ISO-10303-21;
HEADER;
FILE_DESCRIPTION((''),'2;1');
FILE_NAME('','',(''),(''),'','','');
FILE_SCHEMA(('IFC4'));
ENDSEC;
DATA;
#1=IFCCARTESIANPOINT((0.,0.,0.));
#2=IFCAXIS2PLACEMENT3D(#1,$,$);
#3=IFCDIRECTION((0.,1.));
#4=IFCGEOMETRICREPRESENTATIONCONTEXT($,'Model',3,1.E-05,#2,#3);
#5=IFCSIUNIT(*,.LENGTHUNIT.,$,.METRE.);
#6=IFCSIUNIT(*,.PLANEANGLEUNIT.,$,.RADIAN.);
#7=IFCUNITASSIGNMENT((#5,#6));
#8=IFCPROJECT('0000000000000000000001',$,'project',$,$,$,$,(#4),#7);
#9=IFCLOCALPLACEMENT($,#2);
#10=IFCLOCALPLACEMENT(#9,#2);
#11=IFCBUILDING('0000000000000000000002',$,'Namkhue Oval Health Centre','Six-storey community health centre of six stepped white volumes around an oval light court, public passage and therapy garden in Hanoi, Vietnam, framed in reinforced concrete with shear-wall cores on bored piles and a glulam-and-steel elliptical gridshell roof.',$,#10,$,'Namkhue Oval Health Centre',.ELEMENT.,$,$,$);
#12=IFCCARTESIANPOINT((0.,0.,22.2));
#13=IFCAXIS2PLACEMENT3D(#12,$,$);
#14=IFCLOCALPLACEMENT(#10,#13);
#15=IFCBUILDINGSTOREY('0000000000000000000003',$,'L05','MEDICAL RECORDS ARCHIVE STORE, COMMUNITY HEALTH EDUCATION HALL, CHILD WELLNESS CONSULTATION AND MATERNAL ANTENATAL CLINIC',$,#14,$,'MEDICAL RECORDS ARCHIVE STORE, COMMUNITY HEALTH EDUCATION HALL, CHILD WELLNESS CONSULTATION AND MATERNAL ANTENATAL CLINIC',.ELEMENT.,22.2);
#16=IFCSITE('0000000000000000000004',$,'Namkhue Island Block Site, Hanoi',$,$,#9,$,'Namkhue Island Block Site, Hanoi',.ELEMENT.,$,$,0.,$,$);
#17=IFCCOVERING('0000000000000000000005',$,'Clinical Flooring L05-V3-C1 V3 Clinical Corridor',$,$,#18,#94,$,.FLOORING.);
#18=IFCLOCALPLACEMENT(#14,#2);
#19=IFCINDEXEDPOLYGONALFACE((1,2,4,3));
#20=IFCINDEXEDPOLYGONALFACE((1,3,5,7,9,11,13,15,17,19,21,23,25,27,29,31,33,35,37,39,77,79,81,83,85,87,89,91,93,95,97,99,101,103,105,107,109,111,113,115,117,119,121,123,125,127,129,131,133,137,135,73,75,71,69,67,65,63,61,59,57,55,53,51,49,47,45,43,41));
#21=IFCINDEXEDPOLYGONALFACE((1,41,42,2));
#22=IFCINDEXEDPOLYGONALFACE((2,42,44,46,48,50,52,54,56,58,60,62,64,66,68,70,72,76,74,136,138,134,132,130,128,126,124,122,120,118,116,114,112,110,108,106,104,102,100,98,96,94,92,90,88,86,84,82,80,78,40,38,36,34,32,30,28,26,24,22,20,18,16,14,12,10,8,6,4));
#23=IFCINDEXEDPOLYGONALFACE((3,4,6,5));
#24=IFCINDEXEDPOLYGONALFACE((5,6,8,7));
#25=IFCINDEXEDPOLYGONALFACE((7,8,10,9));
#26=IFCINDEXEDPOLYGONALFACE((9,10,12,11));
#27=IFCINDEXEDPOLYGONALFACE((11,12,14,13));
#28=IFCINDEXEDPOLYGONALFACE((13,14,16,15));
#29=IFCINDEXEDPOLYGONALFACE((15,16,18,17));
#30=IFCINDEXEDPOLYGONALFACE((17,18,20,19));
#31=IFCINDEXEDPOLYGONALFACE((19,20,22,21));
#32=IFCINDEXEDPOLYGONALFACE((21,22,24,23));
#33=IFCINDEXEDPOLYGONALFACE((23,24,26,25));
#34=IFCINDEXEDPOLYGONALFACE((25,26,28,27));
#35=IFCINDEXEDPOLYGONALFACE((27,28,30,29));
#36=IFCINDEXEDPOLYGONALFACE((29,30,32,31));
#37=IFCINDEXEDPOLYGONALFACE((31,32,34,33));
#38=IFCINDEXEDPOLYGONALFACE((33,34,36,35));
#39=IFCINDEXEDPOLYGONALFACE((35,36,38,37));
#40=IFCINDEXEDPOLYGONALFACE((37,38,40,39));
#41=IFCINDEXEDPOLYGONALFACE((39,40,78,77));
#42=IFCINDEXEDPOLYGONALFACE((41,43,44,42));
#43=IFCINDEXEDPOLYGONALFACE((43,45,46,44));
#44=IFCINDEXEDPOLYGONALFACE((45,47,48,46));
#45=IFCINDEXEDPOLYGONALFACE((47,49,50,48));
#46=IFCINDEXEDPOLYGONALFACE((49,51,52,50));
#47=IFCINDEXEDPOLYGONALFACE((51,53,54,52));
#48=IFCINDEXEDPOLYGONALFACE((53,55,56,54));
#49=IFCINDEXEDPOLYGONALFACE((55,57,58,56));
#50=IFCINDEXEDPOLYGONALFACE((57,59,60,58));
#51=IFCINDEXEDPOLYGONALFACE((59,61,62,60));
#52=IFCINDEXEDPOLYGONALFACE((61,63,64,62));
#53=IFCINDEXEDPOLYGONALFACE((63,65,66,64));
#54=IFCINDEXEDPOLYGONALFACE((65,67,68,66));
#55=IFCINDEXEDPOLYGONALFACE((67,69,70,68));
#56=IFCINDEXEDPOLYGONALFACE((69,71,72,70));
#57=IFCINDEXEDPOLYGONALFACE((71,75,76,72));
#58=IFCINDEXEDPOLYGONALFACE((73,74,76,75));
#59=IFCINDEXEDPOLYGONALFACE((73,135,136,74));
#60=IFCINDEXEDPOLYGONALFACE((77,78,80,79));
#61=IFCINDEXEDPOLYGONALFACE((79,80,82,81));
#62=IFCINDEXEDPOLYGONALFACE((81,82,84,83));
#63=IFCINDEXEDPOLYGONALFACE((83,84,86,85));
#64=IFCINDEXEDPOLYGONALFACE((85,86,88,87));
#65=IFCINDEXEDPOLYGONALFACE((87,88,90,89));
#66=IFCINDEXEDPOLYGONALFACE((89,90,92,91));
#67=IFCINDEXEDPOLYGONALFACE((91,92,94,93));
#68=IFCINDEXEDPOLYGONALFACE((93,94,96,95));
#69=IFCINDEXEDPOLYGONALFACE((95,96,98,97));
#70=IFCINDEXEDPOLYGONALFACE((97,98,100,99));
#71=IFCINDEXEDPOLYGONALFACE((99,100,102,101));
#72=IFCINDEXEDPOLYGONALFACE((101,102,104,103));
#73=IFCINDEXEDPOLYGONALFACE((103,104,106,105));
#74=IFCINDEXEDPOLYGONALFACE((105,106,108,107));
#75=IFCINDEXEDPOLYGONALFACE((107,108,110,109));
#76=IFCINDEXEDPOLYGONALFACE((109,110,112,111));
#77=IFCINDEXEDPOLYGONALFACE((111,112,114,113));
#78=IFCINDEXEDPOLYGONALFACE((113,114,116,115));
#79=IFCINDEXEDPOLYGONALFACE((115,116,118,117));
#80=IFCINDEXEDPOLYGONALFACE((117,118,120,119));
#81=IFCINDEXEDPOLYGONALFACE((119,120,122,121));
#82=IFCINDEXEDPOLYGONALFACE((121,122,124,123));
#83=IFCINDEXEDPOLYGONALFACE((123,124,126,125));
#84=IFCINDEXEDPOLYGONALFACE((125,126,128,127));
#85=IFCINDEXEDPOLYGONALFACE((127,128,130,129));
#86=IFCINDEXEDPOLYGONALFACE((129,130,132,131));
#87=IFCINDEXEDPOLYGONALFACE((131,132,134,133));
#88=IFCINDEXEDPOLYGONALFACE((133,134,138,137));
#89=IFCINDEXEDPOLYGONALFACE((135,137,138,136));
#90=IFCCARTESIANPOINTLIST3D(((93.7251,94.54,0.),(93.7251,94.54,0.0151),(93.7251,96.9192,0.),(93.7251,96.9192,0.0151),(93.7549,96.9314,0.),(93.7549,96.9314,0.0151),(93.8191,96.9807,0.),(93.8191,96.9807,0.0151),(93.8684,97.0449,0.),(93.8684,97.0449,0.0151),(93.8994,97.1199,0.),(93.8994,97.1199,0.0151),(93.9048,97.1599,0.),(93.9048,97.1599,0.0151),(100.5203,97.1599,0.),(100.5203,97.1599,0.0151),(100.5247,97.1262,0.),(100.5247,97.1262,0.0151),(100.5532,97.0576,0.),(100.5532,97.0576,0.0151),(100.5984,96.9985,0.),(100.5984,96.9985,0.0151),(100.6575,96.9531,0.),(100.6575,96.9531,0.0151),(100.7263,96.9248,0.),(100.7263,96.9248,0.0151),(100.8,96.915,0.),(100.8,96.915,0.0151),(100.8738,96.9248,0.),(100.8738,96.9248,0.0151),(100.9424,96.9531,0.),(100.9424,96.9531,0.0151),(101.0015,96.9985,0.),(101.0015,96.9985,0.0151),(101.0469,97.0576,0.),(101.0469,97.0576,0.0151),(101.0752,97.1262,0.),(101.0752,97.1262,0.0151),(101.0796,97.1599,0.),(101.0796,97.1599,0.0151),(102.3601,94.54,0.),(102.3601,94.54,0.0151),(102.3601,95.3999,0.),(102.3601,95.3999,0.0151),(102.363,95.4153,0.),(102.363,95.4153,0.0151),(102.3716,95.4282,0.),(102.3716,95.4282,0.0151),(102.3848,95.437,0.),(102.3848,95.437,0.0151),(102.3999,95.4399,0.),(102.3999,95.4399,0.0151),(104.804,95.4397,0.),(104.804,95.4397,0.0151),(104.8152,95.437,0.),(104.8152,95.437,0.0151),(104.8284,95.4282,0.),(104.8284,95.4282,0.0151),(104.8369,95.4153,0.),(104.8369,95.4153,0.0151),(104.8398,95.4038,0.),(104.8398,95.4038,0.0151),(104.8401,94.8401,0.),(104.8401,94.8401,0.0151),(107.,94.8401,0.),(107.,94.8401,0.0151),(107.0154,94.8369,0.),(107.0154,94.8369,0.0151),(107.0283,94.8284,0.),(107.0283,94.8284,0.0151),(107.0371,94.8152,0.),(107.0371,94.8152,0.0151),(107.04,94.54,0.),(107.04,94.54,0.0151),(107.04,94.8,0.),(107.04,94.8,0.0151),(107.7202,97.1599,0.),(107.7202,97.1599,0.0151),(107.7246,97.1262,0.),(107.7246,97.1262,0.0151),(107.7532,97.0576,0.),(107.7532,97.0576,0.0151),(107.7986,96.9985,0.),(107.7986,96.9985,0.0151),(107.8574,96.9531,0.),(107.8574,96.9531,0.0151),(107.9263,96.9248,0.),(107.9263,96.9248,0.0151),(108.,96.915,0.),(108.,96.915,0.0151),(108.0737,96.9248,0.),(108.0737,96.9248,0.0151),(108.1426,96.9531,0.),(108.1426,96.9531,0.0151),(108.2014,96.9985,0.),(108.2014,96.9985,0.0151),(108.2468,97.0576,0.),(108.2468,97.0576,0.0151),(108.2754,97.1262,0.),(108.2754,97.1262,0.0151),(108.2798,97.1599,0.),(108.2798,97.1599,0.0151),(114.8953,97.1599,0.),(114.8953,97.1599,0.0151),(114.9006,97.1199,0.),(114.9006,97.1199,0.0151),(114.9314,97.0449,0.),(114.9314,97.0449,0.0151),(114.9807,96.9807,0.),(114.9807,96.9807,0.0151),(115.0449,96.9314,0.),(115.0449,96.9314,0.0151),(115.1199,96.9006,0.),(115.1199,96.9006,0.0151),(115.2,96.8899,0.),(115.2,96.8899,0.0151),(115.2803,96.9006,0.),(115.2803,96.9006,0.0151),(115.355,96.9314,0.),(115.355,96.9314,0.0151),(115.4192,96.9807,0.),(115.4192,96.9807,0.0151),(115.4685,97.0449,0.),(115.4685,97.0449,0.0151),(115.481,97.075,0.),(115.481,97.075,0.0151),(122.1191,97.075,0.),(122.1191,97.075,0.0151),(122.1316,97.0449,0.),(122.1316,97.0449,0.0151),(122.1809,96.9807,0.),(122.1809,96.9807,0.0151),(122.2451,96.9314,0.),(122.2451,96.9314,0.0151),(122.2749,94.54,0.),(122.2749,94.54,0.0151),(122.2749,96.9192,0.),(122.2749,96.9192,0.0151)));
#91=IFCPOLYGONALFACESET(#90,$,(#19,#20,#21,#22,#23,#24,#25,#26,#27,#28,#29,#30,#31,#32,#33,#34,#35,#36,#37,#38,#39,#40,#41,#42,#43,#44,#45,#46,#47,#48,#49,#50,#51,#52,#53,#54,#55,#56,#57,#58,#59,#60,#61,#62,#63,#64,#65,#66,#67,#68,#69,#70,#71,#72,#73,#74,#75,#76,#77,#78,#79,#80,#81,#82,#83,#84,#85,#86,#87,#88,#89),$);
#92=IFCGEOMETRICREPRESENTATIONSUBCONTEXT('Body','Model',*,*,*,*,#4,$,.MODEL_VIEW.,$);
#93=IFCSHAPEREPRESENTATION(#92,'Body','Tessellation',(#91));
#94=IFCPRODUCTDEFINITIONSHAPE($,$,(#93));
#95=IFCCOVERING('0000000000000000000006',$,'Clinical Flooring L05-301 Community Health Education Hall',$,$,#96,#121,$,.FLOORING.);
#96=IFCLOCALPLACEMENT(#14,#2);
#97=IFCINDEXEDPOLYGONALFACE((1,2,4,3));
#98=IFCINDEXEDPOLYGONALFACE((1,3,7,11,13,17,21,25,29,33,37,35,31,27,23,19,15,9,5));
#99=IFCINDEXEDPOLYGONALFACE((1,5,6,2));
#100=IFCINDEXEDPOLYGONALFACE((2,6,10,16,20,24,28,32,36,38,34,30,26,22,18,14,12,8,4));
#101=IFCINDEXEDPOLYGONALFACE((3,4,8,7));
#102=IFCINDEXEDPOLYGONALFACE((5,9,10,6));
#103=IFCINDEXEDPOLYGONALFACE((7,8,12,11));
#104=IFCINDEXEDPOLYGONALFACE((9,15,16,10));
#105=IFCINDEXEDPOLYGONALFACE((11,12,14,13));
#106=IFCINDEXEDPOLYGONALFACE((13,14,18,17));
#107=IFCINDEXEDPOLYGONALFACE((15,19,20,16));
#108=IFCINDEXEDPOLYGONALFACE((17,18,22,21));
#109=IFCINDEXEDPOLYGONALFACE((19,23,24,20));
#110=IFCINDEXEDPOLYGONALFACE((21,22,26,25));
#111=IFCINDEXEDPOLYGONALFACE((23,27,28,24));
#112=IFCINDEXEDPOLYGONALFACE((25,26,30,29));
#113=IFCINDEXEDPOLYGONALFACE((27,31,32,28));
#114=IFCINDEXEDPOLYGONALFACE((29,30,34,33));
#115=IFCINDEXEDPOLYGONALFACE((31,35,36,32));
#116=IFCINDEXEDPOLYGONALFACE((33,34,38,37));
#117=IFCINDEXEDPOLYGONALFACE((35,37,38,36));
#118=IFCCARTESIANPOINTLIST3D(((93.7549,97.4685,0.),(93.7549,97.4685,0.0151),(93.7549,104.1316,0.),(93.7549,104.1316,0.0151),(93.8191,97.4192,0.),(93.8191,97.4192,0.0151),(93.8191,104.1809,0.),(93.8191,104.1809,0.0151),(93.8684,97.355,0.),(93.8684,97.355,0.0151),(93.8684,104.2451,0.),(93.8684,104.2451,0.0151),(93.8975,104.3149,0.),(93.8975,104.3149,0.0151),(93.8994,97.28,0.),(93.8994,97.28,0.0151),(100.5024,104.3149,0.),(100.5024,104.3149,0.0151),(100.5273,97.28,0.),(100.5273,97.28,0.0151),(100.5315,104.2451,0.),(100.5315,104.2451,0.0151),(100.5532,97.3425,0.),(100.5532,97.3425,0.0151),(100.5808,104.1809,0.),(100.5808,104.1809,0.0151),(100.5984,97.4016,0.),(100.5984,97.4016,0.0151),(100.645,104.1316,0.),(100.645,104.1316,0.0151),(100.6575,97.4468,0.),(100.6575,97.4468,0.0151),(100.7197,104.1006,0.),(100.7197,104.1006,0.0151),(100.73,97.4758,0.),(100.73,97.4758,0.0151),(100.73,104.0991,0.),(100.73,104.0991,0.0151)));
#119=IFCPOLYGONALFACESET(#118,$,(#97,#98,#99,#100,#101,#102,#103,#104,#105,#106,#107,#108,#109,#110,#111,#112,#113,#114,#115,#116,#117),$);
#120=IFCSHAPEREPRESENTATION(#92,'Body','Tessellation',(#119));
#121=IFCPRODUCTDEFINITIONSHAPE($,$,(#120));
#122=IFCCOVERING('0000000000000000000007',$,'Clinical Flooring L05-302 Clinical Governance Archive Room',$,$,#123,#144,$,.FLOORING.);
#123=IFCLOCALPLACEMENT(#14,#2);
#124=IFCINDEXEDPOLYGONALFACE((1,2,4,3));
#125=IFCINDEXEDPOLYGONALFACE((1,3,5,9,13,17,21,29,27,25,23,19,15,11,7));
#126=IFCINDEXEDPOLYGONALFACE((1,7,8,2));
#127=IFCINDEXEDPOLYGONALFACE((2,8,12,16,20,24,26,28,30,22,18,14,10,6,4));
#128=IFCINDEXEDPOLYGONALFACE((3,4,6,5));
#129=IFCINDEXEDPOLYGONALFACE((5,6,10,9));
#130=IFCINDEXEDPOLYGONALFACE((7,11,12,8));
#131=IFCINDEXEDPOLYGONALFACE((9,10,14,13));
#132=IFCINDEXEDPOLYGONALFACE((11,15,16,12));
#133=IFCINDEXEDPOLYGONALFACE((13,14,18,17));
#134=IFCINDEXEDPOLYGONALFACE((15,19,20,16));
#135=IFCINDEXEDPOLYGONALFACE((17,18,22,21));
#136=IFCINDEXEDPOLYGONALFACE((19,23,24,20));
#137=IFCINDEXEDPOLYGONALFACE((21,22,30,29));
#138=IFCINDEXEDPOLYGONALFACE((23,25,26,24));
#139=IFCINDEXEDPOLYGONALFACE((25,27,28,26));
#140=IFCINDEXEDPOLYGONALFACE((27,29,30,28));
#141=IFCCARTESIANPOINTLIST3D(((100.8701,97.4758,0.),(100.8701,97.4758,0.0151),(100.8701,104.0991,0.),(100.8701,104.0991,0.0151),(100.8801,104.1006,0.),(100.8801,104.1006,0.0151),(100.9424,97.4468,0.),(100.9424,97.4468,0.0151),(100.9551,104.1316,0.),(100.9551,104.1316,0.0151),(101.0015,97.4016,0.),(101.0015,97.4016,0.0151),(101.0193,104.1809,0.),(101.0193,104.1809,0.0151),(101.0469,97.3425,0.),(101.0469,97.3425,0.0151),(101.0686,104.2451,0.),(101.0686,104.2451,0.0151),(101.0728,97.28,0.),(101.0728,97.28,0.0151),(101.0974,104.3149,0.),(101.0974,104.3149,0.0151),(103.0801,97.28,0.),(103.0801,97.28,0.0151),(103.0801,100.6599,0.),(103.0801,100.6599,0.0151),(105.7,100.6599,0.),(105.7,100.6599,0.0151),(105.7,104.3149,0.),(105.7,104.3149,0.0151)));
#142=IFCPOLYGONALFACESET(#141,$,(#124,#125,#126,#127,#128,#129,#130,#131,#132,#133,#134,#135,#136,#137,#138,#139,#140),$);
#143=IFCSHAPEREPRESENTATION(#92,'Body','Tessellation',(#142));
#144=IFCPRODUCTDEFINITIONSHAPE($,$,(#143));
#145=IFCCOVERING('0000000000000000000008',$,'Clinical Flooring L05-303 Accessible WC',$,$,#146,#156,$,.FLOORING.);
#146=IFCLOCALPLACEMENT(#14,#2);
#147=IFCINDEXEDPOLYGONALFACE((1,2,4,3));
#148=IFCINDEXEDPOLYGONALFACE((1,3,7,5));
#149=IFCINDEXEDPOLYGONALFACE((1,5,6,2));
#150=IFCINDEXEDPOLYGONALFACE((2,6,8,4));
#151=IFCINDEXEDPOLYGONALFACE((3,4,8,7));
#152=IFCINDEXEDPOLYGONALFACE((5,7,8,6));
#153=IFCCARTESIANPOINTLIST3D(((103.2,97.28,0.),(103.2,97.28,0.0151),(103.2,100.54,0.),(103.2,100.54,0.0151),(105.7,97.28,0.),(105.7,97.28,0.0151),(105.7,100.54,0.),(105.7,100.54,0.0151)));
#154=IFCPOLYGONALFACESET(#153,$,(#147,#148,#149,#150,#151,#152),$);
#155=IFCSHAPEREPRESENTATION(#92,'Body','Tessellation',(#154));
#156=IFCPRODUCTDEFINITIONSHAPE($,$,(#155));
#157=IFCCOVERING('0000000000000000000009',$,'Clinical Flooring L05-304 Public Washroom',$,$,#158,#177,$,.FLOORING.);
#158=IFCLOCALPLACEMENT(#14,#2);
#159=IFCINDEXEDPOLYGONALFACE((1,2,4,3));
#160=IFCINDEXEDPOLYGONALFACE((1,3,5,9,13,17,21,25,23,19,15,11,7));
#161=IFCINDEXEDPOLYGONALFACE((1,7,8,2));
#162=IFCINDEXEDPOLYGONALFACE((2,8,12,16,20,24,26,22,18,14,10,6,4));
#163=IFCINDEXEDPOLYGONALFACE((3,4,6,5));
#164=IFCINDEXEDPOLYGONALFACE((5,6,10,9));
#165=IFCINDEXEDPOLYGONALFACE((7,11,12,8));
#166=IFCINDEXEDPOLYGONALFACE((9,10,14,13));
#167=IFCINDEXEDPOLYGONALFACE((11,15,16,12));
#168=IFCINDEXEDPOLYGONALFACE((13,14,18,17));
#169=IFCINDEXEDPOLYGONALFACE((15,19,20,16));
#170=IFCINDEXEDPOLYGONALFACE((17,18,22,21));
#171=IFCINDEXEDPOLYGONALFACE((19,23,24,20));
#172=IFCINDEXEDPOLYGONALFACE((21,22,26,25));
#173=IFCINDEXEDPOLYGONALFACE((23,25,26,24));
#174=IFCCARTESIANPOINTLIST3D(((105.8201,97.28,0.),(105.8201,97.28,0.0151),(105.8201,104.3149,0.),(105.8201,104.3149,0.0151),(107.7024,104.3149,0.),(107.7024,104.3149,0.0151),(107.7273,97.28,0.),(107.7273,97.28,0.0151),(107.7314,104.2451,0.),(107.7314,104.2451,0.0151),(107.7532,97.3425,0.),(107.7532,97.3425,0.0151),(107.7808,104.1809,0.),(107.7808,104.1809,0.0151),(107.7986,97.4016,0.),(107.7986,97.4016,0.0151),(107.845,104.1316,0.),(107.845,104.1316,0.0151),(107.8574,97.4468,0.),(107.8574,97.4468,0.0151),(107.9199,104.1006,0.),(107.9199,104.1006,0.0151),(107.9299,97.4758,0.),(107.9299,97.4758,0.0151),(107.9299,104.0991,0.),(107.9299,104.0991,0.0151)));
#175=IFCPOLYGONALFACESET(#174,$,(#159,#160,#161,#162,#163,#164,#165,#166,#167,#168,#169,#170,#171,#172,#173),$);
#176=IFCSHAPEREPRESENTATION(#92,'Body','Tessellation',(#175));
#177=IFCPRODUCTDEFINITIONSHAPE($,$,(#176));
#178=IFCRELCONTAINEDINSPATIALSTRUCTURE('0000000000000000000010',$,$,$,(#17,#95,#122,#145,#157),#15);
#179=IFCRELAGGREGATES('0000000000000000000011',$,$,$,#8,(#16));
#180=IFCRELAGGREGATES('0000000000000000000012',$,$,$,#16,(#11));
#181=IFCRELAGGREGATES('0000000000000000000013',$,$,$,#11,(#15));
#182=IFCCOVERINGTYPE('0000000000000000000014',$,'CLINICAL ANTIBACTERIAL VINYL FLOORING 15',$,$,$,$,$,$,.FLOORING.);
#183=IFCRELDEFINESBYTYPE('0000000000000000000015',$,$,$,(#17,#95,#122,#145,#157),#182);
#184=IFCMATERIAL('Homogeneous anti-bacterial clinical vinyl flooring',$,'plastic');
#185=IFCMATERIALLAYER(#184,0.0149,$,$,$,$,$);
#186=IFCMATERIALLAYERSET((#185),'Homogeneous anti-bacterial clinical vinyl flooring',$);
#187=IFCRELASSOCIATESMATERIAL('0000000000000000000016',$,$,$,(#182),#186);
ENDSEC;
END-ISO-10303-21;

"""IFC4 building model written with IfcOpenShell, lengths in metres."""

from ifc_helpers import new_model, si_unit, direction, frame, origin, place, context, subcontext, project, spatial, polyline, outline, extrude, material, layer, layer_set, type_object, element, save


model = new_model("IFC4")

# Units and contexts
model_context = context("Model", 3, precision=1e-05, world=origin(), true_north=direction((0.0, 1.0)))
body_context = subcontext(model_context, "Body", "Model", "MODEL_VIEW")
ifc_project = project(units=[si_unit("LENGTHUNIT", "METRE"), si_unit("PLANEANGLEUNIT", "RADIAN")], contexts=[model_context])

# Site, building, storey
site_placement = place(None, origin())
site = spatial("IfcSite", under=ifc_project, at=site_placement, Name="Namkhue Island Block Site, Hanoi", LongName="Namkhue Island Block Site, Hanoi", CompositionType="ELEMENT", RefElevation=0.0)
building_placement = place(site_placement, origin())
building = spatial("IfcBuilding", under=site, at=building_placement, Name="Namkhue Oval Health Centre", Description="Six-storey community health centre of six stepped white volumes around an oval light court, public passage and therapy garden in Hanoi, Vietnam, framed in reinforced concrete with shear-wall cores on bored piles and a glulam-and-steel elliptical gridshell roof.", LongName="Namkhue Oval Health Centre", CompositionType="ELEMENT")
storey_placement = place(building_placement, frame((0.0, 0.0, 22.2)))
storey = spatial("IfcBuildingStorey", under=building, at=storey_placement, Name="L05", Description="MEDICAL RECORDS ARCHIVE STORE, COMMUNITY HEALTH EDUCATION HALL, CHILD WELLNESS CONSULTATION AND MATERNAL ANTENATAL CLINIC", LongName="MEDICAL RECORDS ARCHIVE STORE, COMMUNITY HEALTH EDUCATION HALL, CHILD WELLNESS CONSULTATION AND MATERNAL ANTENATAL CLINIC", CompositionType="ELEMENT", Elevation=22.2)

# Coverings
ifc_material_1 = material(Name="Homogeneous anti-bacterial clinical vinyl flooring", Category="plastic")
ifc_layer_1 = layer(ifc_material_1, 0.0149)
ifc_layer_set_1 = layer_set([ifc_layer_1], Name="Homogeneous anti-bacterial clinical vinyl flooring")
covering_type_1 = type_object("IfcCoveringType", Name="CLINICAL ANTIBACTERIAL VINYL FLOORING 15", PredefinedType="FLOORING", material=ifc_layer_set_1)
covering_1_placement = place(storey_placement, origin())
element("IfcCovering", 1, at=covering_1_placement, inside=storey, type_object=covering_type_1, Name="Clinical Flooring L05-V3-C1 V3 Clinical Corridor", PredefinedType="FLOORING", context=body_context, shape_type="SweptSolid", body=[
    extrude(outline(polyline([(107.04, 94.8), (107.0371, 94.8152), (107.0283, 94.8284), (107.0154, 94.8369), (107.0, 94.8401), (104.8401, 94.8401), (104.8398, 95.4038), (104.8369, 95.4153), (104.8284, 95.4282), (104.8152, 95.437), (104.804, 95.4397), (102.3999, 95.4399), (102.3848, 95.437), (102.3716, 95.4282), (102.363, 95.4153), (102.3601, 95.3999), (102.3601, 94.54), (93.7251, 94.54), (93.7251, 96.9192), (93.7549, 96.9314), (93.8191, 96.9807), (93.8684, 97.0449), (93.8994, 97.1199), (93.9048, 97.1599), (100.5203, 97.1599), (100.5247, 97.1262), (100.5532, 97.0576), (100.5984, 96.9985), (100.6575, 96.9531), (100.7263, 96.9248), (100.8, 96.915), (100.8738, 96.9248), (100.9424, 96.9531), (101.0015, 96.9985), (101.0469, 97.0576), (101.0752, 97.1262), (101.0796, 97.1599), (107.7202, 97.1599), (107.7246, 97.1262), (107.7532, 97.0576), (107.7986, 96.9985), (107.8574, 96.9531), (107.9263, 96.9248), (108.0, 96.915), (108.0737, 96.9248), (108.1426, 96.9531), (108.2014, 96.9985), (108.2468, 97.0576), (108.2754, 97.1262), (108.2798, 97.1599), (114.8953, 97.1599), (114.9006, 97.1199), (114.9314, 97.0449), (114.9807, 96.9807), (115.0449, 96.9314), (115.1199, 96.9006), (115.2, 96.8899), (115.2803, 96.9006), (115.355, 96.9314), (115.4192, 96.9807), (115.4685, 97.0449), (115.481, 97.075), (122.1191, 97.075), (122.1316, 97.0449), (122.1809, 96.9807), (122.2451, 96.9314), (122.2749, 96.9192), (122.2749, 94.54), (107.04, 94.54), (107.04, 94.8)])), origin(), (0.0, 0.0, 1.0), 0.0151),
])
covering_2_placement = place(storey_placement, origin())
element("IfcCovering", 2, at=covering_2_placement, inside=storey, type_object=covering_type_1, Name="Clinical Flooring L05-301 Community Health Education Hall", PredefinedType="FLOORING", context=body_context, shape_type="SweptSolid", body=[
    extrude(outline(polyline([(93.8994, 97.28), (93.8684, 97.355), (93.8191, 97.4192), (93.7549, 97.4685), (93.7549, 104.1316), (93.8191, 104.1809), (93.8684, 104.2451), (93.8975, 104.3149), (100.5024, 104.3149), (100.5315, 104.2451), (100.5808, 104.1809), (100.645, 104.1316), (100.7197, 104.1006), (100.73, 104.0991), (100.73, 97.4758), (100.6575, 97.4468), (100.5984, 97.4016), (100.5532, 97.3425), (100.5273, 97.28), (93.8994, 97.28)])), origin(), (0.0, 0.0, 1.0), 0.0151),
])
covering_3_placement = place(storey_placement, origin())
element("IfcCovering", 3, at=covering_3_placement, inside=storey, type_object=covering_type_1, Name="Clinical Flooring L05-302 Clinical Governance Archive Room", PredefinedType="FLOORING", context=body_context, shape_type="SweptSolid", body=[
    extrude(outline(polyline([(105.7, 104.3149), (105.7, 100.6599), (103.0801, 100.6599), (103.0801, 97.28), (101.0728, 97.28), (101.0469, 97.3425), (101.0015, 97.4016), (100.9424, 97.4468), (100.8701, 97.4758), (100.8701, 104.0991), (100.8801, 104.1006), (100.9551, 104.1316), (101.0193, 104.1809), (101.0686, 104.2451), (101.0974, 104.3149), (105.7, 104.3149)])), origin(), (0.0, 0.0, 1.0), 0.0151),
])
covering_4_placement = place(storey_placement, origin())
element("IfcCovering", 4, at=covering_4_placement, inside=storey, type_object=covering_type_1, Name="Clinical Flooring L05-303 Accessible WC", PredefinedType="FLOORING", context=body_context, shape_type="SweptSolid", body=[
    extrude(outline(polyline([(105.7, 100.54), (105.7, 97.28), (103.2, 97.28), (103.2, 100.54), (105.7, 100.54)])), origin(), (0.0, 0.0, 1.0), 0.0151),
])
covering_5_placement = place(storey_placement, origin())
element("IfcCovering", 5, at=covering_5_placement, inside=storey, type_object=covering_type_1, Name="Clinical Flooring L05-304 Public Washroom", PredefinedType="FLOORING", context=body_context, shape_type="SweptSolid", body=[
    extrude(outline(polyline([(105.8201, 97.28), (105.8201, 104.3149), (107.7024, 104.3149), (107.7314, 104.2451), (107.7808, 104.1809), (107.845, 104.1316), (107.9199, 104.1006), (107.9299, 104.0991), (107.9299, 97.4758), (107.8574, 97.4468), (107.7986, 97.4016), (107.7532, 97.3425), (107.7273, 97.28), (105.8201, 97.28)])), origin(), (0.0, 0.0, 1.0), 0.0151),
])

save(model, "model.ifc")
